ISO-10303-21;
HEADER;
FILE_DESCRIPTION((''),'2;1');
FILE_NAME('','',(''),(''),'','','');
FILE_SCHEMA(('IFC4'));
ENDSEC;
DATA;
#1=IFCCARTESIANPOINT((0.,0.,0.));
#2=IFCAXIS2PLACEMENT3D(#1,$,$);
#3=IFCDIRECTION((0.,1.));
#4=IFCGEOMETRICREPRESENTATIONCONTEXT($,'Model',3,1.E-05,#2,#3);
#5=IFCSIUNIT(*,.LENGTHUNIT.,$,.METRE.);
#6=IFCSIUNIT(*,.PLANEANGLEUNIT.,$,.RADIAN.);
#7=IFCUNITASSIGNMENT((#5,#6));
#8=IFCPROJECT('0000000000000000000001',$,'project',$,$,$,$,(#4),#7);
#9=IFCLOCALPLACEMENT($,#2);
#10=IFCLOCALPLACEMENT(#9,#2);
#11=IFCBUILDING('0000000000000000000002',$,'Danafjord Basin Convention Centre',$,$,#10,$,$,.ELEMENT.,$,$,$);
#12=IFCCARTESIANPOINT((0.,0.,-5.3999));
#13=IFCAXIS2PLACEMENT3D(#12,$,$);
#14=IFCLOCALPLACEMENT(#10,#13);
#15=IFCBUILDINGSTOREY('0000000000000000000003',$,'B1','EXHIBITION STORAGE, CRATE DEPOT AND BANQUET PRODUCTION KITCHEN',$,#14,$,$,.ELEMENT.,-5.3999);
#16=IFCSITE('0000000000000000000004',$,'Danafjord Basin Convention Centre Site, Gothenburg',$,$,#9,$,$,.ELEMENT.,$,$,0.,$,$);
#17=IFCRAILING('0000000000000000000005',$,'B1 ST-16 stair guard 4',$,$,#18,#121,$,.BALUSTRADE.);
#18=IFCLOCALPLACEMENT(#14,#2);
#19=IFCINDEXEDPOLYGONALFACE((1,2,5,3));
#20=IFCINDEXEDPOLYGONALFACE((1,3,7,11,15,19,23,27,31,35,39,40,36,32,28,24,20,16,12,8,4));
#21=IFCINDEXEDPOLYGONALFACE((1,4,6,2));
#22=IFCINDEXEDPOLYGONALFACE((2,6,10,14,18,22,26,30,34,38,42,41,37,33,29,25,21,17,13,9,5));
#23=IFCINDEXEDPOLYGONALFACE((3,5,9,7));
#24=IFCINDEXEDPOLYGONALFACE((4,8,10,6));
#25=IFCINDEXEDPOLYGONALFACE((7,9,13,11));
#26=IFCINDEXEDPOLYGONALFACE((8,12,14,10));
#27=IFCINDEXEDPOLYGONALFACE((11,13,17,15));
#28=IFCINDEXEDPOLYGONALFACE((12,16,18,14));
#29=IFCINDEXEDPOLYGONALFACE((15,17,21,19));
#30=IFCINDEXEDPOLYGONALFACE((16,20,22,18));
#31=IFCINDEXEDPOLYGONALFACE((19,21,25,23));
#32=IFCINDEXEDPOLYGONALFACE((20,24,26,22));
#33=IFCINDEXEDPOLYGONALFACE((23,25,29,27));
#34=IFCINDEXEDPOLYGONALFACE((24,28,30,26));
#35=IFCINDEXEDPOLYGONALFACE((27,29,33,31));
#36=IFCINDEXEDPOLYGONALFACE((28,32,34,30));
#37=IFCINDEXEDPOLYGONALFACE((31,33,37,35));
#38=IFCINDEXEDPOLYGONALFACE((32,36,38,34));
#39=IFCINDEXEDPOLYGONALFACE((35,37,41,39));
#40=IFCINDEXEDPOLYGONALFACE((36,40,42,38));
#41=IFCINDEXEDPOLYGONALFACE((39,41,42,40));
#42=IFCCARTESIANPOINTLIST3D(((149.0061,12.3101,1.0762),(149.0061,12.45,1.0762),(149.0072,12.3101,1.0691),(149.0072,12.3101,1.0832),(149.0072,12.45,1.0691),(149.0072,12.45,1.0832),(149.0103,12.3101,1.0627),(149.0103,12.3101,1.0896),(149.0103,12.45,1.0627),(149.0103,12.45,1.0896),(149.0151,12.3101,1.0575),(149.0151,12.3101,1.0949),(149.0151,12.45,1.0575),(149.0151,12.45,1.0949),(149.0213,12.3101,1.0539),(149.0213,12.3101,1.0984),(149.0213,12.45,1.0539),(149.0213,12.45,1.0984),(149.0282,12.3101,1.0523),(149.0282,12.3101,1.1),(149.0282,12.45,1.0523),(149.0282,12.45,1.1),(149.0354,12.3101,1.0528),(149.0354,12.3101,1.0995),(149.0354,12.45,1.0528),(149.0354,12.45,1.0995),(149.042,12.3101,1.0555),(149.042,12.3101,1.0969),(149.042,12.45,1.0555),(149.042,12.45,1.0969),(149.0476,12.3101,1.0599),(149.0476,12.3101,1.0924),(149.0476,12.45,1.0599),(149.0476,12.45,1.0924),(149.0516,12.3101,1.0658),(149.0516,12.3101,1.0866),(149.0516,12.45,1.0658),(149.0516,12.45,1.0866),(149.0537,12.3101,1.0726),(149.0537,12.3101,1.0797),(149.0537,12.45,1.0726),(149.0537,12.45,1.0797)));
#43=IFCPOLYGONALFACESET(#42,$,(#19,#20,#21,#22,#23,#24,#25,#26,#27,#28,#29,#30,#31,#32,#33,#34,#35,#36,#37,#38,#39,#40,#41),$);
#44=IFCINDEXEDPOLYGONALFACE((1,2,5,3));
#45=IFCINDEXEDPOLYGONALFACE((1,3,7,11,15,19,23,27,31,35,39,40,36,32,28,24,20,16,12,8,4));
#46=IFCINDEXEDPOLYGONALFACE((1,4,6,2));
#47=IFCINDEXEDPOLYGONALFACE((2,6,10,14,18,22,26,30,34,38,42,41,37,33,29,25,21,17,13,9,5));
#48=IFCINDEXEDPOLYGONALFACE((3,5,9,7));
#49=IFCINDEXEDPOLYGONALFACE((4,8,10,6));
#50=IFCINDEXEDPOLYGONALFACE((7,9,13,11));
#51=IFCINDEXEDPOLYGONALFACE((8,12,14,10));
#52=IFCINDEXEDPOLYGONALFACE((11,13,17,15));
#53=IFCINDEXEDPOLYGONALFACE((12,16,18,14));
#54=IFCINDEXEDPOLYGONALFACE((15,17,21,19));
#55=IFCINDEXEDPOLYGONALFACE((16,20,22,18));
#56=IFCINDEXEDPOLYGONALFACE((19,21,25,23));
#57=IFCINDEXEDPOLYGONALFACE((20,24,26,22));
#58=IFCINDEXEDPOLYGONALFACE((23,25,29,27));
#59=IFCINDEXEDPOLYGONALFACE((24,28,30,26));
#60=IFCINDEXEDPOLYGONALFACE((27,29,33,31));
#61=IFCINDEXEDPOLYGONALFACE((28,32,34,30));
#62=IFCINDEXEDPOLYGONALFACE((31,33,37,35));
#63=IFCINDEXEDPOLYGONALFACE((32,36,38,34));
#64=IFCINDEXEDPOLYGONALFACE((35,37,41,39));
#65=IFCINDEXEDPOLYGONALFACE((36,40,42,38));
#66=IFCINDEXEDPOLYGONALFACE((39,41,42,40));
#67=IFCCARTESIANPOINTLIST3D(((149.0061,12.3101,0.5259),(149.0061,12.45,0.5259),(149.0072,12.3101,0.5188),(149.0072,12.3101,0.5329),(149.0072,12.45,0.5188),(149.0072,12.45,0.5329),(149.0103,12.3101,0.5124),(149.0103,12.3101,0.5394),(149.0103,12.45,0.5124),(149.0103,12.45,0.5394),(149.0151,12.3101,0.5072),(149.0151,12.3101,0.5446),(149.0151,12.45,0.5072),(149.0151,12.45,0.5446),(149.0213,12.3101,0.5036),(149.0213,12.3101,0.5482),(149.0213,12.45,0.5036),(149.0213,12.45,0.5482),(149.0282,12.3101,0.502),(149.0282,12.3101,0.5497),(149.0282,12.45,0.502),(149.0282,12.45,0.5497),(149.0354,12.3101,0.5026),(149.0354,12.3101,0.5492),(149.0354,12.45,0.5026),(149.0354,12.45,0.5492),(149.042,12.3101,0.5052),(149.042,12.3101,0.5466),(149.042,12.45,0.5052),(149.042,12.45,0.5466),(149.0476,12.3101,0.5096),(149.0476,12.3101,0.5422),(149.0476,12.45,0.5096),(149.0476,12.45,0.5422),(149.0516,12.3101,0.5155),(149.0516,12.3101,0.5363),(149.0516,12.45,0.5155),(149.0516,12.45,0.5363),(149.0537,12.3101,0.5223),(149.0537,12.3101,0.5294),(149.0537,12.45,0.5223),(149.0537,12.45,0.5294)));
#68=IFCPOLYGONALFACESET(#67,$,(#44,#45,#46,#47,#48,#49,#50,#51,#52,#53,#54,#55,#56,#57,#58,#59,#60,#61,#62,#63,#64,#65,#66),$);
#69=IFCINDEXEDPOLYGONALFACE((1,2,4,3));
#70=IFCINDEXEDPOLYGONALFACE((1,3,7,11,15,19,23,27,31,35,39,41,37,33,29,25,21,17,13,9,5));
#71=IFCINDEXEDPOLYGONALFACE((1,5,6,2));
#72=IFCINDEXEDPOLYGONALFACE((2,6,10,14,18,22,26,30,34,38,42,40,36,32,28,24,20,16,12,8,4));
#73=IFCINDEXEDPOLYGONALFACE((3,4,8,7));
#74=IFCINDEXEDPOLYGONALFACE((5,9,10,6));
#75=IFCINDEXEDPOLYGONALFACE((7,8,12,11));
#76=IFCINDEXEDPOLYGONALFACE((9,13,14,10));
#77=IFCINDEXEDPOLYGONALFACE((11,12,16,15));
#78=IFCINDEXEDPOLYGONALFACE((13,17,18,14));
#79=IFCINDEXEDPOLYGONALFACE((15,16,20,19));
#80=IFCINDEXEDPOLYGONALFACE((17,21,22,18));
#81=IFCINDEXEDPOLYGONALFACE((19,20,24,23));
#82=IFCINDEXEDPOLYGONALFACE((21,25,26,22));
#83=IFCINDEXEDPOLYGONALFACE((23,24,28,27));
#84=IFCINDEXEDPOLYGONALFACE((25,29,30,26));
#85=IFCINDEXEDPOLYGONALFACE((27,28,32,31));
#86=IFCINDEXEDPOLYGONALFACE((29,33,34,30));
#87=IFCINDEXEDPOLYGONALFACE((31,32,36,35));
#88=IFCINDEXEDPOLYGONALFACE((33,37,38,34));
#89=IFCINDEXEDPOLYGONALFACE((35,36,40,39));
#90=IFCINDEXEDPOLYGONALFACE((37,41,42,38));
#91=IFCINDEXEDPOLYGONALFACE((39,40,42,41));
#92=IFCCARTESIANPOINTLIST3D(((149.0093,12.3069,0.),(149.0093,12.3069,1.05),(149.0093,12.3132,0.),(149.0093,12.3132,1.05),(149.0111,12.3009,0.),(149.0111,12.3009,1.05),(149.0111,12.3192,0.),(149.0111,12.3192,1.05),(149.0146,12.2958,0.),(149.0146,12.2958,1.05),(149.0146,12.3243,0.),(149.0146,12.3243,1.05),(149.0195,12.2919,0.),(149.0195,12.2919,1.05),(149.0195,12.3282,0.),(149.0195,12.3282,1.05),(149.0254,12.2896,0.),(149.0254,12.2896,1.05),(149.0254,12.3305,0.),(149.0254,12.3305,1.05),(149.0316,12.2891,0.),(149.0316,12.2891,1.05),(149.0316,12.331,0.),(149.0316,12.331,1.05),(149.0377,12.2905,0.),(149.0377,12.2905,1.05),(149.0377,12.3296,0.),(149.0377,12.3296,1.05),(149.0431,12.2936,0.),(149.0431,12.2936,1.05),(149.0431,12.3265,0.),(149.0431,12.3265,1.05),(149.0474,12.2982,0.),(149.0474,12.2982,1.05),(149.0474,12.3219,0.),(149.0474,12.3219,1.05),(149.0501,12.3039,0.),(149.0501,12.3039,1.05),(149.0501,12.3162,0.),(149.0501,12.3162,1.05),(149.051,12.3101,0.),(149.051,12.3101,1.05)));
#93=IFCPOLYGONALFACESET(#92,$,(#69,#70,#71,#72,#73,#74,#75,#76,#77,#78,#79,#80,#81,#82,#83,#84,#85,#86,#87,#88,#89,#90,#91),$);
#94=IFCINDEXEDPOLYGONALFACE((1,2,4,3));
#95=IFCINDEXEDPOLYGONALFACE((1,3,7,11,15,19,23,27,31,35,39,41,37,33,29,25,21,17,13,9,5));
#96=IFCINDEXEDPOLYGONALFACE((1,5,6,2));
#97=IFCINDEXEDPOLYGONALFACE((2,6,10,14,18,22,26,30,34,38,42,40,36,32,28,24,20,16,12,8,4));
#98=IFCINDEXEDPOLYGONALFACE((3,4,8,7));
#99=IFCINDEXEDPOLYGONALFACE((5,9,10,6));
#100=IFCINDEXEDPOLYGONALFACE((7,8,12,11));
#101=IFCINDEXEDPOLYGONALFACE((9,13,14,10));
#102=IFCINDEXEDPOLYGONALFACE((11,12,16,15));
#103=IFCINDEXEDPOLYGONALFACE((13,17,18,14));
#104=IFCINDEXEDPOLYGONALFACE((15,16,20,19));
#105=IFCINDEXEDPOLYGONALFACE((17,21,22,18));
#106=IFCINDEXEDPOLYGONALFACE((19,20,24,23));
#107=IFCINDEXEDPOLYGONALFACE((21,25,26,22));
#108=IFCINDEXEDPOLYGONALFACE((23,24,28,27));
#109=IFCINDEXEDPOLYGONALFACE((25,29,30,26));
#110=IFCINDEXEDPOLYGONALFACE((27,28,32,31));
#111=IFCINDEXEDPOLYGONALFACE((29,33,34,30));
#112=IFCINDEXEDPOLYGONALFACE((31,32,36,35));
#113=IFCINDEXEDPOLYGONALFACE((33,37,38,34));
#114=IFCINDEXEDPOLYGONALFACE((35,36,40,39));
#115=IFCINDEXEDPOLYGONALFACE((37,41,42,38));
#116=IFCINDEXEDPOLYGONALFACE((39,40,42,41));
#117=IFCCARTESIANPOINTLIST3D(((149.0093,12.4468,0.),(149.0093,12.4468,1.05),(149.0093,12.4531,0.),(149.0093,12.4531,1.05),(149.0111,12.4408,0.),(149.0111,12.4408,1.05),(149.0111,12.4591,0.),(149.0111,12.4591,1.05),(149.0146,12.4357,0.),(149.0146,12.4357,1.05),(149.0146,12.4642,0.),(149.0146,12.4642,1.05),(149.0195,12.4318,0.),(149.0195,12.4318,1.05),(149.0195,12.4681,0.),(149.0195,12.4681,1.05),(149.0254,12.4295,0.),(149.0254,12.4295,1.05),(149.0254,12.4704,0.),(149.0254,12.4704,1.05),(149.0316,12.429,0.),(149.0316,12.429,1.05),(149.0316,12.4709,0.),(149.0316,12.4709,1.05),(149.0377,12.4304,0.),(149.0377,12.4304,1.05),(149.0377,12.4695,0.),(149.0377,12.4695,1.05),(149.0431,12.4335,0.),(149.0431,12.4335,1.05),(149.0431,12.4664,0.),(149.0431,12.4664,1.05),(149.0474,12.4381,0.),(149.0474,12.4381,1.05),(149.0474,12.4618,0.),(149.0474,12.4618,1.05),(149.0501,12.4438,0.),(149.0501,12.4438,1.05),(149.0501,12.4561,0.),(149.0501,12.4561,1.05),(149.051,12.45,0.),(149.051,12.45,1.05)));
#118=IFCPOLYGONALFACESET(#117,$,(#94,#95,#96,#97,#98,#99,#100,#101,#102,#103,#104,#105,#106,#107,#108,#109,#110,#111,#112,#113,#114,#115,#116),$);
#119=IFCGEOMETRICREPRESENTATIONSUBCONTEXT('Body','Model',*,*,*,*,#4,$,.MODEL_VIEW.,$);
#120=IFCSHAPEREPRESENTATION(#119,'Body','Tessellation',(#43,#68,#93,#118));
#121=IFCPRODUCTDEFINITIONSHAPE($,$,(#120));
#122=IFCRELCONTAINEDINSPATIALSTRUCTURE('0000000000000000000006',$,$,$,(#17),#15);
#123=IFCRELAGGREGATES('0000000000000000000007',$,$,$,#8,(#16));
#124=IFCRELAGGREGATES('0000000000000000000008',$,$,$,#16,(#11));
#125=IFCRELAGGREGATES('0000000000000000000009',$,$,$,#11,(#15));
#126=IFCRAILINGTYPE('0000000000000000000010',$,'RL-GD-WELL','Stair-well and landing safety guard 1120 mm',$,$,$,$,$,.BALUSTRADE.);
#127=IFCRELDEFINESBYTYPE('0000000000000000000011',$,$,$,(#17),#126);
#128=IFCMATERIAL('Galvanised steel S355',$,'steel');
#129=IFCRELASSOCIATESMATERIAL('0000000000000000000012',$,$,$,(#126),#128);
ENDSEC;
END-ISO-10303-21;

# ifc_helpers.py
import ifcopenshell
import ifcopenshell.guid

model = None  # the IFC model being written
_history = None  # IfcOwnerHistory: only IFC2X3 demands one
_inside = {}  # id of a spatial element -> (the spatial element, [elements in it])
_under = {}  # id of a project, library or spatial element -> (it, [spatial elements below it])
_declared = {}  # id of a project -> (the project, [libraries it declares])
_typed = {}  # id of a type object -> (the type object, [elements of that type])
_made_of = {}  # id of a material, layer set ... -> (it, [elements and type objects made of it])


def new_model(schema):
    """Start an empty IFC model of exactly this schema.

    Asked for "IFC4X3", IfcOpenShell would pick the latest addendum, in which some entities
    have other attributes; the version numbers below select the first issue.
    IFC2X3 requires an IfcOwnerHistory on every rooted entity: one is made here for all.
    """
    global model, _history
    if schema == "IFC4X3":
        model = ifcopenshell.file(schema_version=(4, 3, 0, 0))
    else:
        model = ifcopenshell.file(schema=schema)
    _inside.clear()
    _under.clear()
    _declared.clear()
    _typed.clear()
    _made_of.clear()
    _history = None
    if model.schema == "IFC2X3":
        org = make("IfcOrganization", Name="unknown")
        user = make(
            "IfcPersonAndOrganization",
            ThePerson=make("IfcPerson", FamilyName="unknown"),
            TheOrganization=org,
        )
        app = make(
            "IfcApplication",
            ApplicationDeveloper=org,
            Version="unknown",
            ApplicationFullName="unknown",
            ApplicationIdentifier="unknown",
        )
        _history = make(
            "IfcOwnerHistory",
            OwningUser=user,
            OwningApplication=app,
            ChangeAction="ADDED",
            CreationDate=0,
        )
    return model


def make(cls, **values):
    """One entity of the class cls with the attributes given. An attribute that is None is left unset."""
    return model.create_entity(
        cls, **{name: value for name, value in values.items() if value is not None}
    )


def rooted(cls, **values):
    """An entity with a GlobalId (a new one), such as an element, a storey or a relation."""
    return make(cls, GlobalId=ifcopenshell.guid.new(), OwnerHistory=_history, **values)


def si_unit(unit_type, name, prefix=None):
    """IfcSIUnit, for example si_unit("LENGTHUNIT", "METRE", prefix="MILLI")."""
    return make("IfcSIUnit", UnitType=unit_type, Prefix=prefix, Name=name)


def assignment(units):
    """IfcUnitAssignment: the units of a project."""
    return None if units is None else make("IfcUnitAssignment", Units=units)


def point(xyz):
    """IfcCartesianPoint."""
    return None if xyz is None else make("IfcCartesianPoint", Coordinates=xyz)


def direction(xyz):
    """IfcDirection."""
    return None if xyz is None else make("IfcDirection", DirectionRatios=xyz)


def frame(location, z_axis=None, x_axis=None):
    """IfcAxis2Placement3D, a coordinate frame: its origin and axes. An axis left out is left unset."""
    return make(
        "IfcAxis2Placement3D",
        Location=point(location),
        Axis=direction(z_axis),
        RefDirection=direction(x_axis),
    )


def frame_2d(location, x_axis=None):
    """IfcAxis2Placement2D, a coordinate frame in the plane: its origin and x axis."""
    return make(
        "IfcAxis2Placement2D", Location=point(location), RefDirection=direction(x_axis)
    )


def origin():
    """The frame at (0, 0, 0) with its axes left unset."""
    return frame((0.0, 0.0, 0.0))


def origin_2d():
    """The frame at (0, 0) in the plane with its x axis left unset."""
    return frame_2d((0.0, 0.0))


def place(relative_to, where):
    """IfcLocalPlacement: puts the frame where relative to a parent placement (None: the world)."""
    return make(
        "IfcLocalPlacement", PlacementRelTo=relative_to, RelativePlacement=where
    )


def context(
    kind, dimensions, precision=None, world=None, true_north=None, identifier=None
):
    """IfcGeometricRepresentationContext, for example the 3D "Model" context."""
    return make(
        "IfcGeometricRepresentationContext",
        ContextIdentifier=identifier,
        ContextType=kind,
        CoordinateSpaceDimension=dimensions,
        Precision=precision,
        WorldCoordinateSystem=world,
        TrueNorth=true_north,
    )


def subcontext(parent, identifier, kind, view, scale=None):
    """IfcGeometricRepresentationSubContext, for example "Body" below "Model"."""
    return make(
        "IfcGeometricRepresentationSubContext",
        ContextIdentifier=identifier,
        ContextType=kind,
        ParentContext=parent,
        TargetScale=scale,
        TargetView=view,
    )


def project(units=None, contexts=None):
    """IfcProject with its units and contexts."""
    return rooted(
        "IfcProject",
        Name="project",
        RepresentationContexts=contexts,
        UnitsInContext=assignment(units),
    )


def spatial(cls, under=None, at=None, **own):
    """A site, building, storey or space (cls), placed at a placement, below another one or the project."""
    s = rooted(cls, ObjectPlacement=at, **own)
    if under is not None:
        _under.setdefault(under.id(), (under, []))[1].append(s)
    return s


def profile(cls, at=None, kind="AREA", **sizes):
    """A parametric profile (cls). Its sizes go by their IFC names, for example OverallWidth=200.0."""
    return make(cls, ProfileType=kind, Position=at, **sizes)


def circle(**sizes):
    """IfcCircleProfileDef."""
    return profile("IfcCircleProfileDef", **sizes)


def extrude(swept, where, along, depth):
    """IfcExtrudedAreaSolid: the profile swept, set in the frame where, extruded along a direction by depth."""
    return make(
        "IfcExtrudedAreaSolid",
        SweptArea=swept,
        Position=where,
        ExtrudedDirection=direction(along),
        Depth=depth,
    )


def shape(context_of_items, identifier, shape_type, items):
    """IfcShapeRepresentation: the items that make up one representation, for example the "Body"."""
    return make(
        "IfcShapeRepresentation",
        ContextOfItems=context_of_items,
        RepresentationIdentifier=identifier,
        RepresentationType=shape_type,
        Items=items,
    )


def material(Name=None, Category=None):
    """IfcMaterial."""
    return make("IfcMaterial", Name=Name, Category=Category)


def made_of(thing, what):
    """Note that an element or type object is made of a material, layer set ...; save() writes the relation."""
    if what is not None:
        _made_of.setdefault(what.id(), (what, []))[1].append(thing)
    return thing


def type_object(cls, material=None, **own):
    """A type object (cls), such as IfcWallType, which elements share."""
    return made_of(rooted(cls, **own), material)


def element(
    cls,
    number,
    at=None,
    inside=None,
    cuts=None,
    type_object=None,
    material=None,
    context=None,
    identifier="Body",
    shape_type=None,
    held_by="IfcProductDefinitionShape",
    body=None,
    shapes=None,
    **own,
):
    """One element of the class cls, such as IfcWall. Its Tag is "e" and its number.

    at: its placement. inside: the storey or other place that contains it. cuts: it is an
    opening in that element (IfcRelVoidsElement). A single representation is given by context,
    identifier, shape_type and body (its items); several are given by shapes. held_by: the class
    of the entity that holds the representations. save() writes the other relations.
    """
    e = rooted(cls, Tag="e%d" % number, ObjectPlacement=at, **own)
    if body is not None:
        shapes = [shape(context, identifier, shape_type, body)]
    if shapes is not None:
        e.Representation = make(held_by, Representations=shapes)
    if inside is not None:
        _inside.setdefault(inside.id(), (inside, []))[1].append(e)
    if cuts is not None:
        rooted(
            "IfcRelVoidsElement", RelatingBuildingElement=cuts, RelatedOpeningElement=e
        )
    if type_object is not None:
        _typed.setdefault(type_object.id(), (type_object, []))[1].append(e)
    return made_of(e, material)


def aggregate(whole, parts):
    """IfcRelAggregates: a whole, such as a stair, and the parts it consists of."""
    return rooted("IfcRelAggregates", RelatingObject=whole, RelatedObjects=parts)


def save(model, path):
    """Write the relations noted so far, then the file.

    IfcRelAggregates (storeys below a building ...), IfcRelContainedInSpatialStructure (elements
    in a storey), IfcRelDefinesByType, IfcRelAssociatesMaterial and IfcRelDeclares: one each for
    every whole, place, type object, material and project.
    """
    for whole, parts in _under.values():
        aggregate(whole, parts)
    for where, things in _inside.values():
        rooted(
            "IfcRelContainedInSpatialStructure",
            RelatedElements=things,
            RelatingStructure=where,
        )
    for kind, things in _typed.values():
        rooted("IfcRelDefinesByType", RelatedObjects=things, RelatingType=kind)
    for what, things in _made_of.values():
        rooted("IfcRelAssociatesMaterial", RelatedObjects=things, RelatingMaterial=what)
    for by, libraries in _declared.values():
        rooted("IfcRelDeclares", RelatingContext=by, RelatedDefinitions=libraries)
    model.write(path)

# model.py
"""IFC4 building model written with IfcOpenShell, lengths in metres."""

from ifc_helpers import new_model, si_unit, direction, frame, origin, origin_2d, place, context, subcontext, project, spatial, circle, extrude, material, type_object, element, save


model = new_model("IFC4")

# Units and contexts
model_context = context("Model", 3, precision=1e-05, world=origin(), true_north=direction((0.0, 1.0)))
body_context = subcontext(model_context, "Body", "Model", "MODEL_VIEW")
ifc_project = project(units=[si_unit("LENGTHUNIT", "METRE"), si_unit("PLANEANGLEUNIT", "RADIAN")], contexts=[model_context])

# Site, building, storey
site_placement = place(None, origin())
site = spatial("IfcSite", under=ifc_project, at=site_placement, Name="Danafjord Basin Convention Centre Site, Gothenburg", CompositionType="ELEMENT", RefElevation=0.0)
building_placement = place(site_placement, origin())
building = spatial("IfcBuilding", under=site, at=building_placement, Name="Danafjord Basin Convention Centre", CompositionType="ELEMENT")
storey_placement = place(building_placement, frame((0.0, 0.0, -5.3999)))
storey = spatial("IfcBuildingStorey", under=building, at=storey_placement, Name="B1", Description="EXHIBITION STORAGE, CRATE DEPOT AND BANQUET PRODUCTION KITCHEN", CompositionType="ELEMENT", Elevation=-5.3999)

# Railing
ifc_material_1 = material(Name="Galvanised steel S355", Category="steel")
railing_type_1 = type_object("IfcRailingType", Name="RL-GD-WELL", Description="Stair-well and landing safety guard 1120 mm", PredefinedType="BALUSTRADE", material=ifc_material_1)
railing_1_placement = place(storey_placement, frame((149.03, 12.3101, 0.0)))
element("IfcRailing", 1, at=railing_1_placement, inside=storey, type_object=railing_type_1, Name="B1 ST-16 stair guard 4", PredefinedType="BALUSTRADE", context=body_context, shape_type="SweptSolid", body=[
    extrude(circle(Radius=0.0239, at=origin_2d()), frame((0.0, 0.0, 1.0762), z_axis=(0.0, 1.0, 0.0), x_axis=(-1.0, 0.0, 0.0)), (0.0, 0.0, 1.0), 0.1399),
    extrude(circle(Radius=0.0239, at=origin_2d()), frame((0.0, 0.0, 0.5259), z_axis=(0.0, 1.0, 0.0), x_axis=(-1.0, 0.0, 0.0)), (0.0, 0.0, 1.0), 0.1399),
    extrude(circle(Radius=0.021, at=origin_2d()), origin(), (0.0, 0.0, 1.0), 1.05),
    extrude(circle(Radius=0.021, at=origin_2d()), frame((0.0, 0.1399, 0.0)), (0.0, 0.0, 1.0), 1.05),
])

save(model, "model.ifc")
